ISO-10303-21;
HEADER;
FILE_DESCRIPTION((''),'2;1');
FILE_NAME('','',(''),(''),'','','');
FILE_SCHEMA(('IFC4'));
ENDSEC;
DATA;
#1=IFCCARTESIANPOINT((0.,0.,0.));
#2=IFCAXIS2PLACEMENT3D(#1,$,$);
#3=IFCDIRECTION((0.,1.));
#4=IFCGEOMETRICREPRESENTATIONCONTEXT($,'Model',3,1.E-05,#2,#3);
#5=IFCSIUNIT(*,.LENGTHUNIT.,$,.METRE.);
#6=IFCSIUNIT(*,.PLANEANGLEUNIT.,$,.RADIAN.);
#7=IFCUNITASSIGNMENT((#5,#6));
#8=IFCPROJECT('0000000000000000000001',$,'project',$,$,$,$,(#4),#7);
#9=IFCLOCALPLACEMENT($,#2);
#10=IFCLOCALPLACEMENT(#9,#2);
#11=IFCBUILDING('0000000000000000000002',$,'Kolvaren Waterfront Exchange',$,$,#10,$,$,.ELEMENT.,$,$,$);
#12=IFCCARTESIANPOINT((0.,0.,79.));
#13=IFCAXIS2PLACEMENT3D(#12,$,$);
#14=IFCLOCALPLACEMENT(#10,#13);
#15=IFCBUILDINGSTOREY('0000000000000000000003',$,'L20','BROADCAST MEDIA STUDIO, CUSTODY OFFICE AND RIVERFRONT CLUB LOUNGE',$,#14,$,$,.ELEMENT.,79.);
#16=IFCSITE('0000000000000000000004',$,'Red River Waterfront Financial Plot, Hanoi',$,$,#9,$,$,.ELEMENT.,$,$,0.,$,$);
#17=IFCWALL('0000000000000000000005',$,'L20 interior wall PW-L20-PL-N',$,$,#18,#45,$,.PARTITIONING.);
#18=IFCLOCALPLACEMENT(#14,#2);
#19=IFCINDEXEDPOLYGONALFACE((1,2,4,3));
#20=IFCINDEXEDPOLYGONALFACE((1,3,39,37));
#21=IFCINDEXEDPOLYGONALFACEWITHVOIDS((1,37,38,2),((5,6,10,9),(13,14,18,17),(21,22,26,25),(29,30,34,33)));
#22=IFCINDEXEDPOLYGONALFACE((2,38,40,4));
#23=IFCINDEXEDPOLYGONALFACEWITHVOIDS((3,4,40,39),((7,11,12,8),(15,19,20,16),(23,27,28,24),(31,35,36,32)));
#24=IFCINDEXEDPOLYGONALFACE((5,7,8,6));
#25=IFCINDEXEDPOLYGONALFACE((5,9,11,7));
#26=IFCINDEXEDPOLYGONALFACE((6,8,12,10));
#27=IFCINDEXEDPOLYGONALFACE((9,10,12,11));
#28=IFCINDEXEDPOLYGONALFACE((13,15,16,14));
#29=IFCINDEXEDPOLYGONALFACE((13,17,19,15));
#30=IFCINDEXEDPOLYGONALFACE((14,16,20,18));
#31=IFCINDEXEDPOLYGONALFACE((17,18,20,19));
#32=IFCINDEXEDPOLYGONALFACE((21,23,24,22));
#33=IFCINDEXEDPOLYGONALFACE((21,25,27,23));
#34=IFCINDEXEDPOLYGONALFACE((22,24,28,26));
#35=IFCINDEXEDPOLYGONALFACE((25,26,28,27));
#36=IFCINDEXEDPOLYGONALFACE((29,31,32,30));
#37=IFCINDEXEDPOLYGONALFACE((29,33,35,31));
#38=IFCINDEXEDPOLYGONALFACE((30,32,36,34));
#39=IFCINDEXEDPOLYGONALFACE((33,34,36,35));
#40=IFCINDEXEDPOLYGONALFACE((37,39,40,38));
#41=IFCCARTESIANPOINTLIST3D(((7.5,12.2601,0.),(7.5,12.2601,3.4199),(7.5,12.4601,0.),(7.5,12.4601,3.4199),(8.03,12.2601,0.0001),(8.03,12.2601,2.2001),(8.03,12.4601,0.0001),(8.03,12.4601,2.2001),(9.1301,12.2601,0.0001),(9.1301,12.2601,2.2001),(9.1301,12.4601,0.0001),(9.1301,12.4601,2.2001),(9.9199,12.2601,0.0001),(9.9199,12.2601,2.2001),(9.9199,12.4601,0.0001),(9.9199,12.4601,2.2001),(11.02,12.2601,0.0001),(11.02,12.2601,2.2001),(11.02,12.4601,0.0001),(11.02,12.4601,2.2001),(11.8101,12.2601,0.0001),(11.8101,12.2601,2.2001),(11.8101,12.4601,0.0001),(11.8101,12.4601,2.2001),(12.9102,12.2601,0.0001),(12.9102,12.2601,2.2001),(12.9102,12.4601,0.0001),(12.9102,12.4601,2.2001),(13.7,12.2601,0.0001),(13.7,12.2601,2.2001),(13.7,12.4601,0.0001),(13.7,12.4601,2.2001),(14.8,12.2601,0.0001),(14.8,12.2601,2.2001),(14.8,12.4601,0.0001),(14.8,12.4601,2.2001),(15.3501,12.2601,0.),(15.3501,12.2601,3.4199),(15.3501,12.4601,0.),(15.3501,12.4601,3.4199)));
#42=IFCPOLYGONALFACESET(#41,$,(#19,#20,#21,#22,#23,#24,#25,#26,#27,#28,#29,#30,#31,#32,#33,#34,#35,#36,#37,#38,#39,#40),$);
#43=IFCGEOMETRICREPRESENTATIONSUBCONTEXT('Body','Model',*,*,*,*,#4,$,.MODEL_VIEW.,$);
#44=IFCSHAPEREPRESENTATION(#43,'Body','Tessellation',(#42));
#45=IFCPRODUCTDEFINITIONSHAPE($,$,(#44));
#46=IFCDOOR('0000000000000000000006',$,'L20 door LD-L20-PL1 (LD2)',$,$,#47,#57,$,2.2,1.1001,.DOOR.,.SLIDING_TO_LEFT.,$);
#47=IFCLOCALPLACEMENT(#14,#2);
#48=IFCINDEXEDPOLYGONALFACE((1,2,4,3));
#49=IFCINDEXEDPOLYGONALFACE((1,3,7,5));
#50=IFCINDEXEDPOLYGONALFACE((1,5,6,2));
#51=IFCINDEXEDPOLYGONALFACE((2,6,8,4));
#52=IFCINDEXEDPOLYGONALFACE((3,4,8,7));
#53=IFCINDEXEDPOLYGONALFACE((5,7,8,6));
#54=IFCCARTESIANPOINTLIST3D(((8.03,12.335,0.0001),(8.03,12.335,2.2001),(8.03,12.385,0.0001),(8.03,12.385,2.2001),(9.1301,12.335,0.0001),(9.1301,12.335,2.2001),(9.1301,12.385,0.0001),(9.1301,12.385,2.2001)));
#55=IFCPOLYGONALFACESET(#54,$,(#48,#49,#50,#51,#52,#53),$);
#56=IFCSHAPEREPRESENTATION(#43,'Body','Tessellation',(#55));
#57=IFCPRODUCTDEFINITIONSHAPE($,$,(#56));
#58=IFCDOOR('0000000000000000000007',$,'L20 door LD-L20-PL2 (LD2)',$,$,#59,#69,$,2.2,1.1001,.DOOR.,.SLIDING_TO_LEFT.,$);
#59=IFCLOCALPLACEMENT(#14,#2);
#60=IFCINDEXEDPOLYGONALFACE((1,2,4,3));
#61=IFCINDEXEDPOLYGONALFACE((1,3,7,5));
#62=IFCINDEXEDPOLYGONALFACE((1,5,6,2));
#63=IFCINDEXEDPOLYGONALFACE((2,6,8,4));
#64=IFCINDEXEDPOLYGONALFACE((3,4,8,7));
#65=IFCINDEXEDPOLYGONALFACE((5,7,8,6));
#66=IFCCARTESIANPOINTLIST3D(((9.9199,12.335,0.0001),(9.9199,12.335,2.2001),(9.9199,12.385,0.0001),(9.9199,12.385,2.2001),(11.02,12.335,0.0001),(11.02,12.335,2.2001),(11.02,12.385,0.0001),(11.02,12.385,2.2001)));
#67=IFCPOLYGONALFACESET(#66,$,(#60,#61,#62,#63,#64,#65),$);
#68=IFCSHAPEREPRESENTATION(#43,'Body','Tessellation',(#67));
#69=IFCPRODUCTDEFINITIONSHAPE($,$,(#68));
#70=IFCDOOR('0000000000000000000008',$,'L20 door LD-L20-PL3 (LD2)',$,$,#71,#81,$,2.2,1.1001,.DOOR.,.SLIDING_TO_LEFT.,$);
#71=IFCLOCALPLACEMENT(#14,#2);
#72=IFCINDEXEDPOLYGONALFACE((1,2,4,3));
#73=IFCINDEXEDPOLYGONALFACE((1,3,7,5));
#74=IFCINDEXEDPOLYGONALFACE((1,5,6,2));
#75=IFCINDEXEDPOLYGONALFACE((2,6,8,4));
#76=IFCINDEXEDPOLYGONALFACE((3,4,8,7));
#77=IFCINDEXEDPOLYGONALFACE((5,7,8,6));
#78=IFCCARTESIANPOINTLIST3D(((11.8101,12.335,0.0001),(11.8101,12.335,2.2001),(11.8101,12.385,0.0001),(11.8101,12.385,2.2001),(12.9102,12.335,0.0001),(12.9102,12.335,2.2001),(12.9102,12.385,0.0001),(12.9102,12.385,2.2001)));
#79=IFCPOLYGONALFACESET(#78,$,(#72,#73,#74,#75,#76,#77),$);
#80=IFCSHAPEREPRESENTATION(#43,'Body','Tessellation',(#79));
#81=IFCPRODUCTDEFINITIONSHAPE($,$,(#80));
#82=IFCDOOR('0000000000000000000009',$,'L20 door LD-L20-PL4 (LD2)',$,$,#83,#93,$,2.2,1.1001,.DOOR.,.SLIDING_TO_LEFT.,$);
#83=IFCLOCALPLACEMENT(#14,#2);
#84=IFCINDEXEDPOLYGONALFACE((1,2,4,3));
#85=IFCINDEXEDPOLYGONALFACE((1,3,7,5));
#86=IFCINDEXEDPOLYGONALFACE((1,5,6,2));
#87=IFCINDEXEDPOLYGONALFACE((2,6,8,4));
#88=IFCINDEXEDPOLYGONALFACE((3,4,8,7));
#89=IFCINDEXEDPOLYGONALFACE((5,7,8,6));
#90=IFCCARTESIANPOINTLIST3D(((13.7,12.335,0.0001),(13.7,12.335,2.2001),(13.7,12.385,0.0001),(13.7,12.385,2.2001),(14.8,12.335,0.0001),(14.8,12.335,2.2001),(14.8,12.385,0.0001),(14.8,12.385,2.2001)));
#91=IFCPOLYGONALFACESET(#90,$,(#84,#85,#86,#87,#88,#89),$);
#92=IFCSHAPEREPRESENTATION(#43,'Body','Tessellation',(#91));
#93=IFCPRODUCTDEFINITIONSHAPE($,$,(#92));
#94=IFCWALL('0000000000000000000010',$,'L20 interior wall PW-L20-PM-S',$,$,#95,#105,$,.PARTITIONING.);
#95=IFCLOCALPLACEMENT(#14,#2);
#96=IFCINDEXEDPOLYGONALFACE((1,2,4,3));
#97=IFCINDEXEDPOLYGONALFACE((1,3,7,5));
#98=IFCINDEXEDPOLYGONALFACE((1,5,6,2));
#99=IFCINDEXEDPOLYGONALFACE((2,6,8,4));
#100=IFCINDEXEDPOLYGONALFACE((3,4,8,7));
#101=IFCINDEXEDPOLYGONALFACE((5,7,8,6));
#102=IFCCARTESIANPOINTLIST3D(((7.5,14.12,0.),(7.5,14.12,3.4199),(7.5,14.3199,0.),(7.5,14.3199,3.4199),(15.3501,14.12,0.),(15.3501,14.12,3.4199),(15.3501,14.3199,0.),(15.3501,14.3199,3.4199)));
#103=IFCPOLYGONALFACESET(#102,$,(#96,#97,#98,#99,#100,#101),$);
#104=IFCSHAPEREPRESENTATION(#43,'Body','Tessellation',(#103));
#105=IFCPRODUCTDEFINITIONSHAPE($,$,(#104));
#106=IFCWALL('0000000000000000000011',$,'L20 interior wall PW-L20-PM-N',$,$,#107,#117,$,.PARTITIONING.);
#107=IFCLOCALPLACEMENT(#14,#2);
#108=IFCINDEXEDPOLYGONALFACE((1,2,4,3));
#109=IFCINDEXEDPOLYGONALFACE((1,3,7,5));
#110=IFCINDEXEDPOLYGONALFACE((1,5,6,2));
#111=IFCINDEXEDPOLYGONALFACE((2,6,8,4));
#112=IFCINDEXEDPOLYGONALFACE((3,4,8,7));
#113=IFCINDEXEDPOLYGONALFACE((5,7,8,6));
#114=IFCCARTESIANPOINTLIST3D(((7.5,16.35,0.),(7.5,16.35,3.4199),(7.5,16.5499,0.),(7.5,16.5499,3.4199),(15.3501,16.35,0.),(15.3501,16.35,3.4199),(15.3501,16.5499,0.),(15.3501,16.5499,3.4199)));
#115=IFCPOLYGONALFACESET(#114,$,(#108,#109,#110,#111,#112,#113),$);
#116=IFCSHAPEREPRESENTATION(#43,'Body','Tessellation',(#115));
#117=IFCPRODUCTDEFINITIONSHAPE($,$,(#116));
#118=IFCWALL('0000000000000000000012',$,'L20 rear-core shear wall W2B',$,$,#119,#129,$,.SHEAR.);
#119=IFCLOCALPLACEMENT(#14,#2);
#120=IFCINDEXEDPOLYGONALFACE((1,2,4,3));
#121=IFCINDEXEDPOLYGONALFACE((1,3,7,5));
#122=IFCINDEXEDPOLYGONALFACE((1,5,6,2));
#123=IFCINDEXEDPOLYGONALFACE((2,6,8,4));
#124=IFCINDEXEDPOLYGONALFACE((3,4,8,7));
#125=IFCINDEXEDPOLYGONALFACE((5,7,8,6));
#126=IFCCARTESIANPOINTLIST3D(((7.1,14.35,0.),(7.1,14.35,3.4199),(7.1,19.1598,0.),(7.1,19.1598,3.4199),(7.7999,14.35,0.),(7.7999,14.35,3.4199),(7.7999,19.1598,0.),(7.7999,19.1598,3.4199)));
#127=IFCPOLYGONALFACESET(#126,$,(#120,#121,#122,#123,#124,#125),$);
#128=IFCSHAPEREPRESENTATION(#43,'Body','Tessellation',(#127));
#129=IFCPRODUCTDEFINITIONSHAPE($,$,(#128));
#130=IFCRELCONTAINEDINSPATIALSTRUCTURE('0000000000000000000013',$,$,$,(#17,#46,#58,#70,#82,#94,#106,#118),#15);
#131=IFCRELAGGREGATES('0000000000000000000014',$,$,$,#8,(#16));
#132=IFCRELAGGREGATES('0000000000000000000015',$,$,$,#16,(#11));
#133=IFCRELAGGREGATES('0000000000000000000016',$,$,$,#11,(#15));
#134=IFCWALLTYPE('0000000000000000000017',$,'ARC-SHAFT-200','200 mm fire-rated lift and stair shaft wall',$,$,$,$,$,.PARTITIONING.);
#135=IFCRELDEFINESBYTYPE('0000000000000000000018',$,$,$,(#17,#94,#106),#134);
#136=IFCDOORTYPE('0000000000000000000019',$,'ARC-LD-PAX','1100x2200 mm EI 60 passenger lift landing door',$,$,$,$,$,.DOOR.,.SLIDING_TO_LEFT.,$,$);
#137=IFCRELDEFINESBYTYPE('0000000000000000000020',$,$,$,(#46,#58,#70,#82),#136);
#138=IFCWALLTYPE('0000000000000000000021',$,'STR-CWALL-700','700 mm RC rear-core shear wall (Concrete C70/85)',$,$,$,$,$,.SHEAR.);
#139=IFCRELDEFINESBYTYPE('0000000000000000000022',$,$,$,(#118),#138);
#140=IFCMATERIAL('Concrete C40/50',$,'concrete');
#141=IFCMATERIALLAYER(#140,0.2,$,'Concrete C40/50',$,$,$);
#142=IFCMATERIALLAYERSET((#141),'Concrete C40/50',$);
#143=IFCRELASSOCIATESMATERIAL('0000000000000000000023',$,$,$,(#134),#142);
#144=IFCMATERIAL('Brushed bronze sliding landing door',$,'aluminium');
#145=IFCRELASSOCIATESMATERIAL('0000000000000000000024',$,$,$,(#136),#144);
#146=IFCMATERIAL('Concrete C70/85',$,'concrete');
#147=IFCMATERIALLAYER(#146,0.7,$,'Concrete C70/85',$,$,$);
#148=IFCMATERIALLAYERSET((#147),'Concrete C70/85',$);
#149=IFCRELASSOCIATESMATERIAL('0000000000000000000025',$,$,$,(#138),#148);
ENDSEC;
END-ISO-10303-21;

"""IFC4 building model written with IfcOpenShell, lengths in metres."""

from ifc_helpers import new_model, si_unit, direction, frame, frame_2d, origin, place, context, subcontext, project, spatial, rectangle, extrude, material, layer, layer_set, type_object, element, fill, save


model = new_model("IFC4")

# Units and contexts
model_context = context("Model", 3, precision=1e-05, world=origin(), true_north=direction((0.0, 1.0)))
body_context = subcontext(model_context, "Body", "Model", "MODEL_VIEW")
ifc_project = project(units=[si_unit("LENGTHUNIT", "METRE"), si_unit("PLANEANGLEUNIT", "RADIAN")], contexts=[model_context])

# Site, building, storey
site_placement = place(None, origin())
site = spatial("IfcSite", under=ifc_project, at=site_placement, Name="Red River Waterfront Financial Plot, Hanoi", CompositionType="ELEMENT", RefElevation=0.0)
building_placement = place(site_placement, origin())
building = spatial("IfcBuilding", under=site, at=building_placement, Name="Kolvaren Waterfront Exchange", CompositionType="ELEMENT")
storey_placement = place(building_placement, frame((0.0, 0.0, 79.0)))
storey = spatial("IfcBuildingStorey", under=building, at=storey_placement, Name="L20", Description="BROADCAST MEDIA STUDIO, CUSTODY OFFICE AND RIVERFRONT CLUB LOUNGE", CompositionType="ELEMENT", Elevation=79.0)

# Wall, openings, doors
ifc_material_1 = material(Name="Concrete C40/50", Category="concrete")
ifc_layer_1 = layer(ifc_material_1, 0.2, Name="Concrete C40/50")
ifc_layer_set_1 = layer_set([ifc_layer_1], Name="Concrete C40/50")
wall_type_1 = type_object("IfcWallType", Name="ARC-SHAFT-200", Description="200 mm fire-rated lift and stair shaft wall", PredefinedType="PARTITIONING", material=ifc_layer_set_1)
wall_1_placement = place(storey_placement, frame((7.5, 12.3601, 0.0), z_axis=(0.0, 0.0, 1.0), x_axis=(1.0, 0.0, 0.0)))
wall_1 = element("IfcWall", 1, at=wall_1_placement, inside=storey, type_object=wall_type_1, Name="L20 interior wall PW-L20-PL-N", PredefinedType="PARTITIONING", context=body_context, shape_type="SweptSolid", body=[
    extrude(rectangle(XDim=7.8501, YDim=0.2, at=frame_2d((3.925, 0.0))), origin(), (0.0, 0.0, 1.0), 3.4199),
])
opening_1_placement = place(wall_1_placement, frame((0.53, 0.0, 0.0)))
opening_1 = element("IfcOpeningElement", 2, at=opening_1_placement, cuts=wall_1, PredefinedType="OPENING", context=body_context, shape_type="SweptSolid", body=[
    extrude(rectangle(XDim=1.1001, YDim=2.2, at=frame_2d((0.55, 1.1001))), frame((0.0, 0.1099, 0.0), z_axis=(0.0, -1.0, 0.0), x_axis=(1.0, 0.0, 0.0)), (0.0, 0.0, 1.0), 0.22),
])
opening_2_placement = place(wall_1_placement, frame((2.4199, 0.0, 0.0)))
opening_2 = element("IfcOpeningElement", 3, at=opening_2_placement, cuts=wall_1, PredefinedType="OPENING", context=body_context, shape_type="SweptSolid", body=[
    extrude(rectangle(XDim=1.1001, YDim=2.2, at=frame_2d((0.55, 1.1001))), frame((0.0, 0.1099, 0.0), z_axis=(0.0, -1.0, 0.0), x_axis=(1.0, 0.0, 0.0)), (0.0, 0.0, 1.0), 0.22),
])
opening_3_placement = place(wall_1_placement, frame((4.3101, 0.0, 0.0)))
opening_3 = element("IfcOpeningElement", 4, at=opening_3_placement, cuts=wall_1, PredefinedType="OPENING", context=body_context, shape_type="SweptSolid", body=[
    extrude(rectangle(XDim=1.1001, YDim=2.2, at=frame_2d((0.55, 1.1001))), frame((0.0, 0.1099, 0.0), z_axis=(0.0, -1.0, 0.0), x_axis=(1.0, 0.0, 0.0)), (0.0, 0.0, 1.0), 0.22),
])
opening_4_placement = place(wall_1_placement, frame((6.2, 0.0, 0.0)))
opening_4 = element("IfcOpeningElement", 5, at=opening_4_placement, cuts=wall_1, PredefinedType="OPENING", context=body_context, shape_type="SweptSolid", body=[
    extrude(rectangle(XDim=1.1001, YDim=2.2, at=frame_2d((0.55, 1.1001))), frame((0.0, 0.1099, 0.0), z_axis=(0.0, -1.0, 0.0), x_axis=(1.0, 0.0, 0.0)), (0.0, 0.0, 1.0), 0.22),
])
ifc_material_2 = material(Name="Brushed bronze sliding landing door", Category="aluminium")
door_type = type_object("IfcDoorType", Name="ARC-LD-PAX", Description="1100x2200 mm EI 60 passenger lift landing door", OperationType="SLIDING_TO_LEFT", PredefinedType="DOOR", material=ifc_material_2)
door_1_placement = place(opening_1_placement, origin())
door_1 = element("IfcDoor", 6, at=door_1_placement, inside=storey, type_object=door_type, Name="L20 door LD-L20-PL1 (LD2)", OperationType="SLIDING_TO_LEFT", OverallHeight=2.2, OverallWidth=1.1001, PredefinedType="DOOR", context=body_context, shape_type="SweptSolid", body=[
    extrude(rectangle(XDim=1.1001, YDim=2.2, at=frame_2d((0.55, 1.1001))), frame((0.0, 0.0249, 0.0), z_axis=(0.0, -1.0, 0.0), x_axis=(1.0, 0.0, 0.0)), (0.0, 0.0, 1.0), 0.05),
])
fill(opening_1, door_1)
door_2_placement = place(opening_2_placement, origin())
door_2 = element("IfcDoor", 7, at=door_2_placement, inside=storey, type_object=door_type, Name="L20 door LD-L20-PL2 (LD2)", OperationType="SLIDING_TO_LEFT", OverallHeight=2.2, OverallWidth=1.1001, PredefinedType="DOOR", context=body_context, shape_type="SweptSolid", body=[
    extrude(rectangle(XDim=1.1001, YDim=2.2, at=frame_2d((0.55, 1.1001))), frame((0.0, 0.0249, 0.0), z_axis=(0.0, -1.0, 0.0), x_axis=(1.0, 0.0, 0.0)), (0.0, 0.0, 1.0), 0.05),
])
fill(opening_2, door_2)
door_3_placement = place(opening_3_placement, origin())
door_3 = element("IfcDoor", 8, at=door_3_placement, inside=storey, type_object=door_type, Name="L20 door LD-L20-PL3 (LD2)", OperationType="SLIDING_TO_LEFT", OverallHeight=2.2, OverallWidth=1.1001, PredefinedType="DOOR", context=body_context, shape_type="SweptSolid", body=[
    extrude(rectangle(XDim=1.1001, YDim=2.2, at=frame_2d((0.55, 1.1001))), frame((0.0, 0.0249, 0.0), z_axis=(0.0, -1.0, 0.0), x_axis=(1.0, 0.0, 0.0)), (0.0, 0.0, 1.0), 0.05),
])
fill(opening_3, door_3)
door_4_placement = place(opening_4_placement, origin())
door_4 = element("IfcDoor", 9, at=door_4_placement, inside=storey, type_object=door_type, Name="L20 door LD-L20-PL4 (LD2)", OperationType="SLIDING_TO_LEFT", OverallHeight=2.2, OverallWidth=1.1001, PredefinedType="DOOR", context=body_context, shape_type="SweptSolid", body=[
    extrude(rectangle(XDim=1.1001, YDim=2.2, at=frame_2d((0.55, 1.1001))), frame((0.0, 0.0249, 0.0), z_axis=(0.0, -1.0, 0.0), x_axis=(1.0, 0.0, 0.0)), (0.0, 0.0, 1.0), 0.05),
])
fill(opening_4, door_4)

# Walls
for number, where, z_axis, x_axis, name in (
    (10, (7.5, 14.22, 0.0), (0.0, 0.0, 1.0), (1.0, 0.0, 0.0), "L20 interior wall PW-L20-PM-S"),
    (11, (7.5, 16.45, 0.0), (0.0, 0.0, 1.0), (1.0, 0.0, 0.0), "L20 interior wall PW-L20-PM-N"),
):
    element("IfcWall", number, at=place(storey_placement, frame(where, z_axis=z_axis, x_axis=x_axis)), inside=storey, type_object=wall_type_1, Name=name, PredefinedType="PARTITIONING", context=body_context, shape_type="SweptSolid", body=[
        extrude(rectangle(XDim=7.8501, YDim=0.2, at=frame_2d((3.925, 0.0))), origin(), (0.0, 0.0, 1.0), 3.4199),
    ])
ifc_material_3 = material(Name="Concrete C70/85", Category="concrete")
ifc_layer_2 = layer(ifc_material_3, 0.7, Name="Concrete C70/85")
ifc_layer_set_2 = layer_set([ifc_layer_2], Name="Concrete C70/85")
wall_type_2 = type_object("IfcWallType", Name="STR-CWALL-700", Description="700 mm RC rear-core shear wall (Concrete C70/85)", PredefinedType="SHEAR", material=ifc_layer_set_2)
wall_2_placement = place(storey_placement, frame((7.45, 14.3501, 0.0), z_axis=(0.0, 0.0, 1.0), x_axis=(0.0, 1.0, 0.0)))
element("IfcWall", 12, at=wall_2_placement, inside=storey, type_object=wall_type_2, Name="L20 rear-core shear wall W2B", PredefinedType="SHEAR", context=body_context, shape_type="SweptSolid", body=[
    extrude(rectangle(XDim=4.8098, YDim=0.7, at=frame_2d((2.4048, 0.0))), origin(), (0.0, 0.0, 1.0), 3.4199),
])

save(model, "model.ifc")
